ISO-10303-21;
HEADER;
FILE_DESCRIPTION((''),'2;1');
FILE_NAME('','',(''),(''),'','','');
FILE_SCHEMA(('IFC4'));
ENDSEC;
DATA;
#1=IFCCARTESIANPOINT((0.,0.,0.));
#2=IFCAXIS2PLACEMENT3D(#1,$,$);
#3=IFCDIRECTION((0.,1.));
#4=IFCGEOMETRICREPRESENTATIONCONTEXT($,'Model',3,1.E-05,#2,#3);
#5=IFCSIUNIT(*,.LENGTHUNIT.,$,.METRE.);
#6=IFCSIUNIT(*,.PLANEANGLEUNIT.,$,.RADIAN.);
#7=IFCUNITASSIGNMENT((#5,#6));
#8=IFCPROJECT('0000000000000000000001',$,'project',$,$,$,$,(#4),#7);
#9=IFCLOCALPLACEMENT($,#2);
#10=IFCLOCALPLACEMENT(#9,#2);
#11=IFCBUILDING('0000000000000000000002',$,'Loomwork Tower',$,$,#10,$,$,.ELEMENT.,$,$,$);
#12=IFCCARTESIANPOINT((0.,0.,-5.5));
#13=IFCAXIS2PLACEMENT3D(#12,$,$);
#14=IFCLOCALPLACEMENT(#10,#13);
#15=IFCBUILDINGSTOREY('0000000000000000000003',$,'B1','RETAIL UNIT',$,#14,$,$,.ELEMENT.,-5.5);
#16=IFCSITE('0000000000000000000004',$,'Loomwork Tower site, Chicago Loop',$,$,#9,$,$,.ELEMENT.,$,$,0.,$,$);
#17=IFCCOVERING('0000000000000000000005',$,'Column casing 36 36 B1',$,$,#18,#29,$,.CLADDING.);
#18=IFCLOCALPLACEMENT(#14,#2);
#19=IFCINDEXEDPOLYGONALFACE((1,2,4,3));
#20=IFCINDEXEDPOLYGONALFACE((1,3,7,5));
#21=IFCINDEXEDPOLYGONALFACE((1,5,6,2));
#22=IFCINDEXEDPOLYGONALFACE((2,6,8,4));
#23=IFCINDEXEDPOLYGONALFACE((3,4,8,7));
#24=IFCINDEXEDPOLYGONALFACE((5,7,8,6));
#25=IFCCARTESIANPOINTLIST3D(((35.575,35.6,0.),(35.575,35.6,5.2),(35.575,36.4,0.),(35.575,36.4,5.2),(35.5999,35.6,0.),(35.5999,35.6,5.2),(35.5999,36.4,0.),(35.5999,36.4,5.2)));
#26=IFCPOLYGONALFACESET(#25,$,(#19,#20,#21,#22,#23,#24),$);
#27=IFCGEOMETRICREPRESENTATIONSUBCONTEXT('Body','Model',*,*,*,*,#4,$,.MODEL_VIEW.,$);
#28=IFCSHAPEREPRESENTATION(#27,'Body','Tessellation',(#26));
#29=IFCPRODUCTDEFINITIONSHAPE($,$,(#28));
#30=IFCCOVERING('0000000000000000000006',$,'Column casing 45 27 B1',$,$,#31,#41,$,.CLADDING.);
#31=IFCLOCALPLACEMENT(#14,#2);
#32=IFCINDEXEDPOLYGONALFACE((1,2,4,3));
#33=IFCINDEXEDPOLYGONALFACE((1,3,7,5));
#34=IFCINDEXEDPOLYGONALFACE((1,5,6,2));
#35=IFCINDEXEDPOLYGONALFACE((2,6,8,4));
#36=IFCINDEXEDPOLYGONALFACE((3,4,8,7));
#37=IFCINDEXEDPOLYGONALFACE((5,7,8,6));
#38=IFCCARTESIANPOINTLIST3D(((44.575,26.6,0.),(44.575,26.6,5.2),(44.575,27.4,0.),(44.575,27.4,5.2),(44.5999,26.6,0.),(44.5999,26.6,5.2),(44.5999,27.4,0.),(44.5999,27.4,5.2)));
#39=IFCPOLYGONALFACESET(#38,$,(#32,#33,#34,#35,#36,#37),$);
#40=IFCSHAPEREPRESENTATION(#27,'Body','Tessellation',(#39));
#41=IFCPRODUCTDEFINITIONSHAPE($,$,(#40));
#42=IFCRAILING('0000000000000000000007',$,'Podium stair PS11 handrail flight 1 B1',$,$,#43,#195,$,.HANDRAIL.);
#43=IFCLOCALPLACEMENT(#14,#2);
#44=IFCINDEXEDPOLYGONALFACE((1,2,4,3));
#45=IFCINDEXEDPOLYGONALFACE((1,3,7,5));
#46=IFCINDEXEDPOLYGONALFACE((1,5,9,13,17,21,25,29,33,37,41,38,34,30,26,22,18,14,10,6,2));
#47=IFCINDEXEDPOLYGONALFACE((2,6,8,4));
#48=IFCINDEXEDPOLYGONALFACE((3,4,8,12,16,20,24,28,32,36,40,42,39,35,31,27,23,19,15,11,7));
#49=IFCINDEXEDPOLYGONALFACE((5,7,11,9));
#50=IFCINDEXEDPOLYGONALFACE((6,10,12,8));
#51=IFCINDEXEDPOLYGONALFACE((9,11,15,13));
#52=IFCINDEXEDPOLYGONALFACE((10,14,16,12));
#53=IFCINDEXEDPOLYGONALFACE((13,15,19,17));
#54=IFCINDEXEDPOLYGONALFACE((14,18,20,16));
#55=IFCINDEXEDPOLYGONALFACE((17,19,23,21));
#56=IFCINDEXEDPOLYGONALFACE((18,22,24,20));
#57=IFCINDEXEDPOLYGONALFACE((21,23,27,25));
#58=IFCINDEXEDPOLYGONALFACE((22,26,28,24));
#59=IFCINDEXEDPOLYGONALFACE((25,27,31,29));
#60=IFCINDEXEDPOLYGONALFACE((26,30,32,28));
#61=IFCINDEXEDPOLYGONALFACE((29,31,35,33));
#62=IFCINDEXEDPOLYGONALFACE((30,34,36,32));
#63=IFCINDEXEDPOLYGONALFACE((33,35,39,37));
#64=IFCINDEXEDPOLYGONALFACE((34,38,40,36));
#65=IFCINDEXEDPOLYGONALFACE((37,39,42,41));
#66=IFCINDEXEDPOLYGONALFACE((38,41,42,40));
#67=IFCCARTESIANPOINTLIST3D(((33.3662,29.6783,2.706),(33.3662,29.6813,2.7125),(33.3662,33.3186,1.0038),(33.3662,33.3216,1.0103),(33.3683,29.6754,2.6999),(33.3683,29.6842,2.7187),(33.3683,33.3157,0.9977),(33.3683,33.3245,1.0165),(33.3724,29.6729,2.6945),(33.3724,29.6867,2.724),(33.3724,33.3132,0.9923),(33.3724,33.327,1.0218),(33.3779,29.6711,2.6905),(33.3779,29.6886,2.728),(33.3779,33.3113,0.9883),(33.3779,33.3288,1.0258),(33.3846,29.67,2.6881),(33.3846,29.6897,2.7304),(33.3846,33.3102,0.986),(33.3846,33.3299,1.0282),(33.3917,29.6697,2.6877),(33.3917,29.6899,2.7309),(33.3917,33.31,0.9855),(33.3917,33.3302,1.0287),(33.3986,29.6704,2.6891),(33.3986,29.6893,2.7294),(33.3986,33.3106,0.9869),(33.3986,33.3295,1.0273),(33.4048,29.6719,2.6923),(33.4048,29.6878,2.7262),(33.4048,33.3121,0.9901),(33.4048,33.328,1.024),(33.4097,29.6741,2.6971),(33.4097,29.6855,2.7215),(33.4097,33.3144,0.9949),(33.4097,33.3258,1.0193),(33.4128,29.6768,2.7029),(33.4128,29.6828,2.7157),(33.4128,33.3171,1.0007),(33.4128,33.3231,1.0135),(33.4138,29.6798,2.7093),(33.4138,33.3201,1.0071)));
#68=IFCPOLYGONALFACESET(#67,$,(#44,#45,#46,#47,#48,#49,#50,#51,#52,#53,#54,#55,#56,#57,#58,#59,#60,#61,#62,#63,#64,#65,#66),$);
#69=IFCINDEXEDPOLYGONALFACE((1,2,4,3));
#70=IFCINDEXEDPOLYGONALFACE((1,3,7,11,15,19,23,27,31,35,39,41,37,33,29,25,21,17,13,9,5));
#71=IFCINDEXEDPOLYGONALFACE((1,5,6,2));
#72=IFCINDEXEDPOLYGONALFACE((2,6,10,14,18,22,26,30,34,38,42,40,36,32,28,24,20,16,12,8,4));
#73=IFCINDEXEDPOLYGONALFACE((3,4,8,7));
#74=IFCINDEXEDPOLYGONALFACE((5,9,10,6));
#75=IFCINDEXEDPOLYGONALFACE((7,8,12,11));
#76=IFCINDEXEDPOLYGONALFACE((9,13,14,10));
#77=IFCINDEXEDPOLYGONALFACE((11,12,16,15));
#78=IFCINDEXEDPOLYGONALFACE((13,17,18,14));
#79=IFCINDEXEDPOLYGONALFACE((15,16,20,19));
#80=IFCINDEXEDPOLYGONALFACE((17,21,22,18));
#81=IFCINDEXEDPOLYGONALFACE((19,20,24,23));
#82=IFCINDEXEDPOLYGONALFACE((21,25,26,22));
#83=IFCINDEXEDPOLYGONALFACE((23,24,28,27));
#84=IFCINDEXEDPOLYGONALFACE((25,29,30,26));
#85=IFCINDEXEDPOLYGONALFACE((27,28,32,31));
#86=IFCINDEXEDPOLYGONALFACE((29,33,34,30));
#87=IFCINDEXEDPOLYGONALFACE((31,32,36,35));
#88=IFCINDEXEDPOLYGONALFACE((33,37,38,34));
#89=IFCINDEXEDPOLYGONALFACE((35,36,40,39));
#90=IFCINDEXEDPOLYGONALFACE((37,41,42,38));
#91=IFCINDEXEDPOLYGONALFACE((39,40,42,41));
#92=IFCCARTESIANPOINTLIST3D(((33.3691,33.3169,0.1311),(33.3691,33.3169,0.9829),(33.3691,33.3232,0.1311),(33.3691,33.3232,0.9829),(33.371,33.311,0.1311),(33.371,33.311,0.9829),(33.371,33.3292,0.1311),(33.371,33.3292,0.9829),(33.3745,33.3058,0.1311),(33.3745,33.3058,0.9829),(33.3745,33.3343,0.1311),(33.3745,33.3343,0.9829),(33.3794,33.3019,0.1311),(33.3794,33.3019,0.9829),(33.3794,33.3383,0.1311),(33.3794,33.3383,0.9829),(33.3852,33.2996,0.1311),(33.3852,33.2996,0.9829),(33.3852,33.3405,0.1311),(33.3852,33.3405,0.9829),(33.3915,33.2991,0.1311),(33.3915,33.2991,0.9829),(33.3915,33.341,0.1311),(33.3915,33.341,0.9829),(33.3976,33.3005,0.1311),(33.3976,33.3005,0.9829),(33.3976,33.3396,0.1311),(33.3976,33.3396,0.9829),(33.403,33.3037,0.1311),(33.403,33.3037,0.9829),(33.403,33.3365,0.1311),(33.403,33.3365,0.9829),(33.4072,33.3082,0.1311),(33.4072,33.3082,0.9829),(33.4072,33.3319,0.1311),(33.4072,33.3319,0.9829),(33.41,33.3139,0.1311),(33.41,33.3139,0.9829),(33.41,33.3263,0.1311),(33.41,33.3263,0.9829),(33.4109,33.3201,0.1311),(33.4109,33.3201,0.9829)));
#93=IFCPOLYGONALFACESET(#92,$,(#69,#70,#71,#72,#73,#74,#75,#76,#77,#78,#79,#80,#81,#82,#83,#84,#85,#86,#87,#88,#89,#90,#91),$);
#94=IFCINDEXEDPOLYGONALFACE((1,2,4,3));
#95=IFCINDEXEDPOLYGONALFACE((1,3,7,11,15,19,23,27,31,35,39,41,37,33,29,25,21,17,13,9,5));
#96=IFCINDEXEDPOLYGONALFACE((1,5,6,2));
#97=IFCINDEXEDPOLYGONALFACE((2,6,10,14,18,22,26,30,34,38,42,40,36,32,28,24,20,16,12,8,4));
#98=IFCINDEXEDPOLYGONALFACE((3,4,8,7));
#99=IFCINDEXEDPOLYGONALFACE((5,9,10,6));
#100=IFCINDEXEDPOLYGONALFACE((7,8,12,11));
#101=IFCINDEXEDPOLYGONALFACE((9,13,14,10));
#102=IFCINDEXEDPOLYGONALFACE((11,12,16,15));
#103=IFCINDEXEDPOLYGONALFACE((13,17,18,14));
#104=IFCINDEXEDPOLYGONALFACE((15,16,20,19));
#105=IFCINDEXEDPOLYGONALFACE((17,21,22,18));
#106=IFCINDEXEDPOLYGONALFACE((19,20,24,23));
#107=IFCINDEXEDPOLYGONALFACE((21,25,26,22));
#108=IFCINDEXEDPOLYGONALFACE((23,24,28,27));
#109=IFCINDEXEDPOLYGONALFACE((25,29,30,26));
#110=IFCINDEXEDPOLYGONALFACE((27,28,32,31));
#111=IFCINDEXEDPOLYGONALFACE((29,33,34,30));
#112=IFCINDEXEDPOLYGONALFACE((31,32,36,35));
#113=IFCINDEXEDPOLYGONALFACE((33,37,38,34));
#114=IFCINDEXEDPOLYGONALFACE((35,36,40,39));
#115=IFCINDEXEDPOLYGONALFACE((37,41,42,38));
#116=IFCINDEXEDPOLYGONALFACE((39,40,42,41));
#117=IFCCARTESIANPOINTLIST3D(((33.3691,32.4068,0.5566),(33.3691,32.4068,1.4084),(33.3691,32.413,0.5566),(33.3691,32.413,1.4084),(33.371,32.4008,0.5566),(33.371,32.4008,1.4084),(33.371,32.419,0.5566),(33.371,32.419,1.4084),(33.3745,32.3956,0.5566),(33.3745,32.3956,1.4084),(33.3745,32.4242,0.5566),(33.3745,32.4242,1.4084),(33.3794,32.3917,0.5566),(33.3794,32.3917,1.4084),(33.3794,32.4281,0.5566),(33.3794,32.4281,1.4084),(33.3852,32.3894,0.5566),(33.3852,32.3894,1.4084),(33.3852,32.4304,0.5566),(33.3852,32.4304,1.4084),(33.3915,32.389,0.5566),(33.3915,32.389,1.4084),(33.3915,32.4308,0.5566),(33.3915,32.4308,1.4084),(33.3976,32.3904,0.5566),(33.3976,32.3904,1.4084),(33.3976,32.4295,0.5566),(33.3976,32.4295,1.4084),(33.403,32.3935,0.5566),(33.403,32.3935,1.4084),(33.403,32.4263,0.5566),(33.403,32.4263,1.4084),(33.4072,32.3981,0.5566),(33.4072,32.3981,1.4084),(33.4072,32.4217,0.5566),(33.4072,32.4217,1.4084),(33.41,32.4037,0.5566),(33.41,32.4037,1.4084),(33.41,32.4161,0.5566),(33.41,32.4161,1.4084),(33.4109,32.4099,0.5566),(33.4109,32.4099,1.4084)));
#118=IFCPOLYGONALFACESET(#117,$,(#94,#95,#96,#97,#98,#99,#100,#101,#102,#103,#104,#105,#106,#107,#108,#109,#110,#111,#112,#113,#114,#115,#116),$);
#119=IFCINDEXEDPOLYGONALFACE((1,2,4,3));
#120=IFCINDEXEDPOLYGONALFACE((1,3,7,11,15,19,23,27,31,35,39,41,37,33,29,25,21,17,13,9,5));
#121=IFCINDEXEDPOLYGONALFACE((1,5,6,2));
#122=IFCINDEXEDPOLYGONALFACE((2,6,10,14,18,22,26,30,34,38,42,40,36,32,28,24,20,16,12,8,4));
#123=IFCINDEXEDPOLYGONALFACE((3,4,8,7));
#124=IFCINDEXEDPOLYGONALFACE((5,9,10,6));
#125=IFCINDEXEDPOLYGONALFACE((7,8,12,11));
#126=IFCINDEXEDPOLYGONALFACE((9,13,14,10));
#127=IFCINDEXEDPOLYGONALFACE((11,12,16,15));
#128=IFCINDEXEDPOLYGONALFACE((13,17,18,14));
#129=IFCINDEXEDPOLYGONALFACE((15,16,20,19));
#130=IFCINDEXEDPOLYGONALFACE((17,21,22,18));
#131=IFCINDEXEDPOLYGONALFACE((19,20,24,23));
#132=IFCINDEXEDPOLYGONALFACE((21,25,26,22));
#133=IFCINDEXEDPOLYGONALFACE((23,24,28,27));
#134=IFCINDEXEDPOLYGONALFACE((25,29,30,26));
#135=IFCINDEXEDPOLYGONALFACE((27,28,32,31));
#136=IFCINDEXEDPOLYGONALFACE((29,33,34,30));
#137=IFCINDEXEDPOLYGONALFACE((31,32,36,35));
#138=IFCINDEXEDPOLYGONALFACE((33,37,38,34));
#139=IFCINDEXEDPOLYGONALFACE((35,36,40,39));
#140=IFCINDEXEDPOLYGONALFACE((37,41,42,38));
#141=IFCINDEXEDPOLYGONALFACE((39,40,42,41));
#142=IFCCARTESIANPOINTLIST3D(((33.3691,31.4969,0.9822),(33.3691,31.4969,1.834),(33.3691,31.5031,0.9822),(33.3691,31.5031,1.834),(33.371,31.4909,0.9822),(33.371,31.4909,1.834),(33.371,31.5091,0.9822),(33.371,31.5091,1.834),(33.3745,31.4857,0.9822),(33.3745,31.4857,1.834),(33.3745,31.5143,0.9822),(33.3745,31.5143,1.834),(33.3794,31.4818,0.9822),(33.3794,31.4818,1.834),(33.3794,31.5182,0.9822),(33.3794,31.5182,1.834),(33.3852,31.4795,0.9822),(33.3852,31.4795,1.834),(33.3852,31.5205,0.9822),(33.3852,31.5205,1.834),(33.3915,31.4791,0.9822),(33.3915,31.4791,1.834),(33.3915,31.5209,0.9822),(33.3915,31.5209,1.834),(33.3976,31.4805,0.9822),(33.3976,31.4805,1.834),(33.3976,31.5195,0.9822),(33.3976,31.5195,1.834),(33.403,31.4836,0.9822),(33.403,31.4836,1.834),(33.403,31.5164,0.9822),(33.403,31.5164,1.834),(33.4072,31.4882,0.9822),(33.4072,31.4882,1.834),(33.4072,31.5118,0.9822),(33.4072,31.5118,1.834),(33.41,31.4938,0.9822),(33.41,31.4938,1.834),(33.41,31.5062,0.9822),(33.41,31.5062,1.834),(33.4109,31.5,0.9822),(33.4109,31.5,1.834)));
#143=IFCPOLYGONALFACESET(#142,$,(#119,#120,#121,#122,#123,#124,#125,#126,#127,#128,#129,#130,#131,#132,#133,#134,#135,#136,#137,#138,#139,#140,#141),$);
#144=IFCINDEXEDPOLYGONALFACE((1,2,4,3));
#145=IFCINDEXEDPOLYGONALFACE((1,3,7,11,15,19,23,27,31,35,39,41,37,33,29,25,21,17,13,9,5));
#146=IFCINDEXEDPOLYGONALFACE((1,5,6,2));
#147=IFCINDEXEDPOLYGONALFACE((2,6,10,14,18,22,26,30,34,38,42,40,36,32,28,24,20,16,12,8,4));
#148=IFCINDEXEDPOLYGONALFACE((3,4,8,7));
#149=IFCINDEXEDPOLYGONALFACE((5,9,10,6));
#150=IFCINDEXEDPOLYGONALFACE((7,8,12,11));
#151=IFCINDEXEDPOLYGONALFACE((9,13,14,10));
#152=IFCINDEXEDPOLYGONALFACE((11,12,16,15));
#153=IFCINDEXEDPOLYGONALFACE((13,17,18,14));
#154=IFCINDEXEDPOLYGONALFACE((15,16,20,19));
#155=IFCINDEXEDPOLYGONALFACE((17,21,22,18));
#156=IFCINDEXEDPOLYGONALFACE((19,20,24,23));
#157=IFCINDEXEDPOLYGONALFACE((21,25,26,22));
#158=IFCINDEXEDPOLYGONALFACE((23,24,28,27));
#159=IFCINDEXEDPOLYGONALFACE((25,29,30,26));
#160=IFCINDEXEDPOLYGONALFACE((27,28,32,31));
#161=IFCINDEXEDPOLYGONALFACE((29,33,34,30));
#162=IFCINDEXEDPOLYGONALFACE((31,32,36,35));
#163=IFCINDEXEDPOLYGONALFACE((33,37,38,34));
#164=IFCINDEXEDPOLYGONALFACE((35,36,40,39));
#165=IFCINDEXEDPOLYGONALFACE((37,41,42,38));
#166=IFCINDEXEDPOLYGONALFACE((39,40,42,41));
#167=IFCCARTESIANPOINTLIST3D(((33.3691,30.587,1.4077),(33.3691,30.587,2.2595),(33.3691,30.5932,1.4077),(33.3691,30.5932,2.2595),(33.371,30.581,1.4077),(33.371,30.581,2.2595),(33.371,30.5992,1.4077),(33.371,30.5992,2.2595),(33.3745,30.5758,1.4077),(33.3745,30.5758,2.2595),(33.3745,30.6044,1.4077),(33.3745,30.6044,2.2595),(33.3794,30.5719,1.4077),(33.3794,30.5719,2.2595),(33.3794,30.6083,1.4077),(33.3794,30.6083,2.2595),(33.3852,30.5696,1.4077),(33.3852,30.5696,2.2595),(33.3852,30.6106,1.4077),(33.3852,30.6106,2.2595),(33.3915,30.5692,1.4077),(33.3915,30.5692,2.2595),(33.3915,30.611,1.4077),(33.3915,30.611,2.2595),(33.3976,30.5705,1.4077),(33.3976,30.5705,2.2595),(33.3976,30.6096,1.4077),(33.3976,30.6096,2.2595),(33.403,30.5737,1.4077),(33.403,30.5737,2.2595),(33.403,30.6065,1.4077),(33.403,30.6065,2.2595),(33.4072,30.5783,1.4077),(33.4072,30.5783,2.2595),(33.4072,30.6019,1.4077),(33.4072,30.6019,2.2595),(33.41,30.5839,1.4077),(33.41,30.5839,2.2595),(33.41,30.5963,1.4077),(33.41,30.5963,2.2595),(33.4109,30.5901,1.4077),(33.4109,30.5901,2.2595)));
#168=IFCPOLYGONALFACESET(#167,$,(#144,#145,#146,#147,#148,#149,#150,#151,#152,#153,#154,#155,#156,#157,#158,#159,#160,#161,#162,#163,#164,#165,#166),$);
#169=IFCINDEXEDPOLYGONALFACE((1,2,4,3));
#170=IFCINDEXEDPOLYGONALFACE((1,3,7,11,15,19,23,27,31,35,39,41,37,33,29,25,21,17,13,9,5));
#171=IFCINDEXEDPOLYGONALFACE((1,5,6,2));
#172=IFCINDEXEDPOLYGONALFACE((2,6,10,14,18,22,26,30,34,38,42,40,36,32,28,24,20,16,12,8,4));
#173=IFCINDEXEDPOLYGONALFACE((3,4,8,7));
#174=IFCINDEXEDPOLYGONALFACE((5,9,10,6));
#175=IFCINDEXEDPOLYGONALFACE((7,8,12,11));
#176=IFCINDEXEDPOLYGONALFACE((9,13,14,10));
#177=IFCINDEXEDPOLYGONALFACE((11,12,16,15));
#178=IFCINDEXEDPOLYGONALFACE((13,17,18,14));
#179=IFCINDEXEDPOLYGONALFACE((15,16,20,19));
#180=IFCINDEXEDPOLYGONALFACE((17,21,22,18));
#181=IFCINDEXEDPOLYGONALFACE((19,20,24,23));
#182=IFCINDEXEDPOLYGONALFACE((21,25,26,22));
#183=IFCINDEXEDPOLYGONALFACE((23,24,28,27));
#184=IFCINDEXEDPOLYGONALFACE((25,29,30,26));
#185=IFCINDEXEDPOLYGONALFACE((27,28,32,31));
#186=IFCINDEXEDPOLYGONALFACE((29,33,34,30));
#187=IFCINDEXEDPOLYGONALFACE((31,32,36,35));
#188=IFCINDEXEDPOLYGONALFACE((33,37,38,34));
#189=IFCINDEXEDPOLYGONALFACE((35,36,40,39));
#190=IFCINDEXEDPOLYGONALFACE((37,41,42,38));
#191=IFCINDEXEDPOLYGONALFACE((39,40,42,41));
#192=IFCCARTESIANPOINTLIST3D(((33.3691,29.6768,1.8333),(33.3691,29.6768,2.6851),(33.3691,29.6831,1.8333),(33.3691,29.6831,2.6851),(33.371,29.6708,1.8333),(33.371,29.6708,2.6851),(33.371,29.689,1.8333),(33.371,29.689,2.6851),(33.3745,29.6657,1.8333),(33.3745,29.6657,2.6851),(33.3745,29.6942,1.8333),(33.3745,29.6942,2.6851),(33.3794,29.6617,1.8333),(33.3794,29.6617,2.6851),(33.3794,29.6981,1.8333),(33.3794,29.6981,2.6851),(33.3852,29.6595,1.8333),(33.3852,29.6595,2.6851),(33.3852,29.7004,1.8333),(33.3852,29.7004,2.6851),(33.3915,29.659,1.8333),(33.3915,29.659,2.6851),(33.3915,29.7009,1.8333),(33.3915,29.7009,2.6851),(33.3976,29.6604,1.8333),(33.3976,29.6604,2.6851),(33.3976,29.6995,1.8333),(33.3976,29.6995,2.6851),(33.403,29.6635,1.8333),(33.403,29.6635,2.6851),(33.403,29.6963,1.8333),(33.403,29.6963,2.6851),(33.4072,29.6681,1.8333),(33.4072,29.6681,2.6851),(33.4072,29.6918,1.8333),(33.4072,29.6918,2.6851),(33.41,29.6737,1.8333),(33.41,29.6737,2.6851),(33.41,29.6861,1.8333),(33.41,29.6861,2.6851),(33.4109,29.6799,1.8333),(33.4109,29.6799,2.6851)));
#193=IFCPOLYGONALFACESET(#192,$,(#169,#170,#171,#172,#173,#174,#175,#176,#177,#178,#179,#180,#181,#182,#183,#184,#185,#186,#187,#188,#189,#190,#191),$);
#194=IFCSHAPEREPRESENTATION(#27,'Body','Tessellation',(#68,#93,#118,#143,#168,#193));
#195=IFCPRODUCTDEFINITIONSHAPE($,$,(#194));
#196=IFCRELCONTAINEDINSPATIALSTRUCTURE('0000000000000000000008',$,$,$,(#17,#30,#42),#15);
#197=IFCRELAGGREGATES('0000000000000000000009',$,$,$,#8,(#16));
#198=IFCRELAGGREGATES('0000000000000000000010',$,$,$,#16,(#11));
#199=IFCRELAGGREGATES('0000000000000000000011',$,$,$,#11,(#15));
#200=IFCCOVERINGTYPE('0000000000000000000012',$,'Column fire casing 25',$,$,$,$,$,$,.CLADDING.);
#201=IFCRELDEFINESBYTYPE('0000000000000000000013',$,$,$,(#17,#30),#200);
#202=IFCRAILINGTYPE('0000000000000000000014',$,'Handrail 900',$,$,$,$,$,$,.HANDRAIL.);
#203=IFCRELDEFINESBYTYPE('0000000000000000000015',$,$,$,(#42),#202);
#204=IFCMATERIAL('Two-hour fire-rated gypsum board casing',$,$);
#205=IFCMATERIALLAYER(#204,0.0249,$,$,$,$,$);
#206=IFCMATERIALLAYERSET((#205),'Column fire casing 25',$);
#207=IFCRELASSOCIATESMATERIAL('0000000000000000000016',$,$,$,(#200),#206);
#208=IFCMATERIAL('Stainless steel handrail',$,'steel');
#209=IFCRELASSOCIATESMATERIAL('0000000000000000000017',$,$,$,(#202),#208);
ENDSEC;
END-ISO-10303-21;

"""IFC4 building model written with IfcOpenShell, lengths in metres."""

from ifc_helpers import new_model, si_unit, direction, frame, origin, origin_2d, place, context, subcontext, project, spatial, rectangle, circle, extrude, material, layer, layer_set, type_object, element, save


model = new_model("IFC4")

# Units and contexts
model_context = context("Model", 3, precision=1e-05, world=origin(), true_north=direction((0.0, 1.0)))
body_context = subcontext(model_context, "Body", "Model", "MODEL_VIEW")
ifc_project = project(units=[si_unit("LENGTHUNIT", "METRE"), si_unit("PLANEANGLEUNIT", "RADIAN")], contexts=[model_context])

# Site, building, storey
site_placement = place(None, origin())
site = spatial("IfcSite", under=ifc_project, at=site_placement, Name="Loomwork Tower site, Chicago Loop", CompositionType="ELEMENT", RefElevation=0.0)
building_placement = place(site_placement, origin())
building = spatial("IfcBuilding", under=site, at=building_placement, Name="Loomwork Tower", CompositionType="ELEMENT")
storey_placement = place(building_placement, frame((0.0, 0.0, -5.5)))
storey = spatial("IfcBuildingStorey", under=building, at=storey_placement, Name="B1", Description="RETAIL UNIT", CompositionType="ELEMENT", Elevation=-5.5)

# Coverings
ifc_material_1 = material(Name="Two-hour fire-rated gypsum board casing")
ifc_layer_1 = layer(ifc_material_1, 0.0249)
ifc_layer_set_1 = layer_set([ifc_layer_1], Name="Column fire casing 25")
covering_type = type_object("IfcCoveringType", Name="Column fire casing 25", PredefinedType="CLADDING", material=ifc_layer_set_1)
for number, where, z_axis, x_axis, name in (
    (1, (35.5874, 36.0, 0.0), (0.0, 0.0, 1.0), (1.0, 0.0, 0.0), "Column casing 36 36 B1"),
    (2, (44.5874, 27.0, 0.0), (0.0, 0.0, 1.0), (1.0, 0.0, 0.0), "Column casing 45 27 B1"),
):
    element("IfcCovering", number, at=place(storey_placement, frame(where, z_axis=z_axis, x_axis=x_axis)), inside=storey, type_object=covering_type, Name=name, PredefinedType="CLADDING", context=body_context, shape_type="SweptSolid", body=[
        extrude(rectangle(XDim=0.0249, YDim=0.8, at=origin_2d()), origin(), (0.0, 0.0, 1.0), 5.2),
    ])

# Railing
ifc_material_2 = material(Name="Stainless steel handrail", Category="steel")
railing_type = type_object("IfcRailingType", Name="Handrail 900", PredefinedType="HANDRAIL", material=ifc_material_2)
railing_1_placement = place(storey_placement, frame((33.3899, 33.3201, 0.1311)))
element("IfcRailing", 3, at=railing_1_placement, inside=storey, type_object=railing_type, Name="Podium stair PS11 handrail flight 1 B1", PredefinedType="HANDRAIL", context=body_context, shape_type="SweptSolid", body=[
    extrude(circle(Radius=0.0239, at=origin_2d()), frame((0.0, 0.0, 0.876), z_axis=(0.0, -0.905857, 0.423584), x_axis=(1.0, 0.0, 0.0)), (0.0, 0.0, 1.0), 4.0186),
    extrude(circle(Radius=0.021, at=origin_2d()), origin(), (0.0, 0.0, 1.0), 0.8518),
    extrude(circle(Radius=0.021, at=origin_2d()), frame((0.0, -0.9102, 0.4255)), (0.0, 0.0, 1.0), 0.8518),
    extrude(circle(Radius=0.021, at=origin_2d()), frame((0.0, -1.8201, 0.8511)), (0.0, 0.0, 1.0), 0.8518),
    extrude(circle(Radius=0.021, at=origin_2d()), frame((0.0, -2.73, 1.2766)), (0.0, 0.0, 1.0), 0.8518),
    extrude(circle(Radius=0.021, at=origin_2d()), frame((0.0, -3.6401, 1.7021)), (0.0, 0.0, 1.0), 0.8518),
])

save(model, "model.ifc")
